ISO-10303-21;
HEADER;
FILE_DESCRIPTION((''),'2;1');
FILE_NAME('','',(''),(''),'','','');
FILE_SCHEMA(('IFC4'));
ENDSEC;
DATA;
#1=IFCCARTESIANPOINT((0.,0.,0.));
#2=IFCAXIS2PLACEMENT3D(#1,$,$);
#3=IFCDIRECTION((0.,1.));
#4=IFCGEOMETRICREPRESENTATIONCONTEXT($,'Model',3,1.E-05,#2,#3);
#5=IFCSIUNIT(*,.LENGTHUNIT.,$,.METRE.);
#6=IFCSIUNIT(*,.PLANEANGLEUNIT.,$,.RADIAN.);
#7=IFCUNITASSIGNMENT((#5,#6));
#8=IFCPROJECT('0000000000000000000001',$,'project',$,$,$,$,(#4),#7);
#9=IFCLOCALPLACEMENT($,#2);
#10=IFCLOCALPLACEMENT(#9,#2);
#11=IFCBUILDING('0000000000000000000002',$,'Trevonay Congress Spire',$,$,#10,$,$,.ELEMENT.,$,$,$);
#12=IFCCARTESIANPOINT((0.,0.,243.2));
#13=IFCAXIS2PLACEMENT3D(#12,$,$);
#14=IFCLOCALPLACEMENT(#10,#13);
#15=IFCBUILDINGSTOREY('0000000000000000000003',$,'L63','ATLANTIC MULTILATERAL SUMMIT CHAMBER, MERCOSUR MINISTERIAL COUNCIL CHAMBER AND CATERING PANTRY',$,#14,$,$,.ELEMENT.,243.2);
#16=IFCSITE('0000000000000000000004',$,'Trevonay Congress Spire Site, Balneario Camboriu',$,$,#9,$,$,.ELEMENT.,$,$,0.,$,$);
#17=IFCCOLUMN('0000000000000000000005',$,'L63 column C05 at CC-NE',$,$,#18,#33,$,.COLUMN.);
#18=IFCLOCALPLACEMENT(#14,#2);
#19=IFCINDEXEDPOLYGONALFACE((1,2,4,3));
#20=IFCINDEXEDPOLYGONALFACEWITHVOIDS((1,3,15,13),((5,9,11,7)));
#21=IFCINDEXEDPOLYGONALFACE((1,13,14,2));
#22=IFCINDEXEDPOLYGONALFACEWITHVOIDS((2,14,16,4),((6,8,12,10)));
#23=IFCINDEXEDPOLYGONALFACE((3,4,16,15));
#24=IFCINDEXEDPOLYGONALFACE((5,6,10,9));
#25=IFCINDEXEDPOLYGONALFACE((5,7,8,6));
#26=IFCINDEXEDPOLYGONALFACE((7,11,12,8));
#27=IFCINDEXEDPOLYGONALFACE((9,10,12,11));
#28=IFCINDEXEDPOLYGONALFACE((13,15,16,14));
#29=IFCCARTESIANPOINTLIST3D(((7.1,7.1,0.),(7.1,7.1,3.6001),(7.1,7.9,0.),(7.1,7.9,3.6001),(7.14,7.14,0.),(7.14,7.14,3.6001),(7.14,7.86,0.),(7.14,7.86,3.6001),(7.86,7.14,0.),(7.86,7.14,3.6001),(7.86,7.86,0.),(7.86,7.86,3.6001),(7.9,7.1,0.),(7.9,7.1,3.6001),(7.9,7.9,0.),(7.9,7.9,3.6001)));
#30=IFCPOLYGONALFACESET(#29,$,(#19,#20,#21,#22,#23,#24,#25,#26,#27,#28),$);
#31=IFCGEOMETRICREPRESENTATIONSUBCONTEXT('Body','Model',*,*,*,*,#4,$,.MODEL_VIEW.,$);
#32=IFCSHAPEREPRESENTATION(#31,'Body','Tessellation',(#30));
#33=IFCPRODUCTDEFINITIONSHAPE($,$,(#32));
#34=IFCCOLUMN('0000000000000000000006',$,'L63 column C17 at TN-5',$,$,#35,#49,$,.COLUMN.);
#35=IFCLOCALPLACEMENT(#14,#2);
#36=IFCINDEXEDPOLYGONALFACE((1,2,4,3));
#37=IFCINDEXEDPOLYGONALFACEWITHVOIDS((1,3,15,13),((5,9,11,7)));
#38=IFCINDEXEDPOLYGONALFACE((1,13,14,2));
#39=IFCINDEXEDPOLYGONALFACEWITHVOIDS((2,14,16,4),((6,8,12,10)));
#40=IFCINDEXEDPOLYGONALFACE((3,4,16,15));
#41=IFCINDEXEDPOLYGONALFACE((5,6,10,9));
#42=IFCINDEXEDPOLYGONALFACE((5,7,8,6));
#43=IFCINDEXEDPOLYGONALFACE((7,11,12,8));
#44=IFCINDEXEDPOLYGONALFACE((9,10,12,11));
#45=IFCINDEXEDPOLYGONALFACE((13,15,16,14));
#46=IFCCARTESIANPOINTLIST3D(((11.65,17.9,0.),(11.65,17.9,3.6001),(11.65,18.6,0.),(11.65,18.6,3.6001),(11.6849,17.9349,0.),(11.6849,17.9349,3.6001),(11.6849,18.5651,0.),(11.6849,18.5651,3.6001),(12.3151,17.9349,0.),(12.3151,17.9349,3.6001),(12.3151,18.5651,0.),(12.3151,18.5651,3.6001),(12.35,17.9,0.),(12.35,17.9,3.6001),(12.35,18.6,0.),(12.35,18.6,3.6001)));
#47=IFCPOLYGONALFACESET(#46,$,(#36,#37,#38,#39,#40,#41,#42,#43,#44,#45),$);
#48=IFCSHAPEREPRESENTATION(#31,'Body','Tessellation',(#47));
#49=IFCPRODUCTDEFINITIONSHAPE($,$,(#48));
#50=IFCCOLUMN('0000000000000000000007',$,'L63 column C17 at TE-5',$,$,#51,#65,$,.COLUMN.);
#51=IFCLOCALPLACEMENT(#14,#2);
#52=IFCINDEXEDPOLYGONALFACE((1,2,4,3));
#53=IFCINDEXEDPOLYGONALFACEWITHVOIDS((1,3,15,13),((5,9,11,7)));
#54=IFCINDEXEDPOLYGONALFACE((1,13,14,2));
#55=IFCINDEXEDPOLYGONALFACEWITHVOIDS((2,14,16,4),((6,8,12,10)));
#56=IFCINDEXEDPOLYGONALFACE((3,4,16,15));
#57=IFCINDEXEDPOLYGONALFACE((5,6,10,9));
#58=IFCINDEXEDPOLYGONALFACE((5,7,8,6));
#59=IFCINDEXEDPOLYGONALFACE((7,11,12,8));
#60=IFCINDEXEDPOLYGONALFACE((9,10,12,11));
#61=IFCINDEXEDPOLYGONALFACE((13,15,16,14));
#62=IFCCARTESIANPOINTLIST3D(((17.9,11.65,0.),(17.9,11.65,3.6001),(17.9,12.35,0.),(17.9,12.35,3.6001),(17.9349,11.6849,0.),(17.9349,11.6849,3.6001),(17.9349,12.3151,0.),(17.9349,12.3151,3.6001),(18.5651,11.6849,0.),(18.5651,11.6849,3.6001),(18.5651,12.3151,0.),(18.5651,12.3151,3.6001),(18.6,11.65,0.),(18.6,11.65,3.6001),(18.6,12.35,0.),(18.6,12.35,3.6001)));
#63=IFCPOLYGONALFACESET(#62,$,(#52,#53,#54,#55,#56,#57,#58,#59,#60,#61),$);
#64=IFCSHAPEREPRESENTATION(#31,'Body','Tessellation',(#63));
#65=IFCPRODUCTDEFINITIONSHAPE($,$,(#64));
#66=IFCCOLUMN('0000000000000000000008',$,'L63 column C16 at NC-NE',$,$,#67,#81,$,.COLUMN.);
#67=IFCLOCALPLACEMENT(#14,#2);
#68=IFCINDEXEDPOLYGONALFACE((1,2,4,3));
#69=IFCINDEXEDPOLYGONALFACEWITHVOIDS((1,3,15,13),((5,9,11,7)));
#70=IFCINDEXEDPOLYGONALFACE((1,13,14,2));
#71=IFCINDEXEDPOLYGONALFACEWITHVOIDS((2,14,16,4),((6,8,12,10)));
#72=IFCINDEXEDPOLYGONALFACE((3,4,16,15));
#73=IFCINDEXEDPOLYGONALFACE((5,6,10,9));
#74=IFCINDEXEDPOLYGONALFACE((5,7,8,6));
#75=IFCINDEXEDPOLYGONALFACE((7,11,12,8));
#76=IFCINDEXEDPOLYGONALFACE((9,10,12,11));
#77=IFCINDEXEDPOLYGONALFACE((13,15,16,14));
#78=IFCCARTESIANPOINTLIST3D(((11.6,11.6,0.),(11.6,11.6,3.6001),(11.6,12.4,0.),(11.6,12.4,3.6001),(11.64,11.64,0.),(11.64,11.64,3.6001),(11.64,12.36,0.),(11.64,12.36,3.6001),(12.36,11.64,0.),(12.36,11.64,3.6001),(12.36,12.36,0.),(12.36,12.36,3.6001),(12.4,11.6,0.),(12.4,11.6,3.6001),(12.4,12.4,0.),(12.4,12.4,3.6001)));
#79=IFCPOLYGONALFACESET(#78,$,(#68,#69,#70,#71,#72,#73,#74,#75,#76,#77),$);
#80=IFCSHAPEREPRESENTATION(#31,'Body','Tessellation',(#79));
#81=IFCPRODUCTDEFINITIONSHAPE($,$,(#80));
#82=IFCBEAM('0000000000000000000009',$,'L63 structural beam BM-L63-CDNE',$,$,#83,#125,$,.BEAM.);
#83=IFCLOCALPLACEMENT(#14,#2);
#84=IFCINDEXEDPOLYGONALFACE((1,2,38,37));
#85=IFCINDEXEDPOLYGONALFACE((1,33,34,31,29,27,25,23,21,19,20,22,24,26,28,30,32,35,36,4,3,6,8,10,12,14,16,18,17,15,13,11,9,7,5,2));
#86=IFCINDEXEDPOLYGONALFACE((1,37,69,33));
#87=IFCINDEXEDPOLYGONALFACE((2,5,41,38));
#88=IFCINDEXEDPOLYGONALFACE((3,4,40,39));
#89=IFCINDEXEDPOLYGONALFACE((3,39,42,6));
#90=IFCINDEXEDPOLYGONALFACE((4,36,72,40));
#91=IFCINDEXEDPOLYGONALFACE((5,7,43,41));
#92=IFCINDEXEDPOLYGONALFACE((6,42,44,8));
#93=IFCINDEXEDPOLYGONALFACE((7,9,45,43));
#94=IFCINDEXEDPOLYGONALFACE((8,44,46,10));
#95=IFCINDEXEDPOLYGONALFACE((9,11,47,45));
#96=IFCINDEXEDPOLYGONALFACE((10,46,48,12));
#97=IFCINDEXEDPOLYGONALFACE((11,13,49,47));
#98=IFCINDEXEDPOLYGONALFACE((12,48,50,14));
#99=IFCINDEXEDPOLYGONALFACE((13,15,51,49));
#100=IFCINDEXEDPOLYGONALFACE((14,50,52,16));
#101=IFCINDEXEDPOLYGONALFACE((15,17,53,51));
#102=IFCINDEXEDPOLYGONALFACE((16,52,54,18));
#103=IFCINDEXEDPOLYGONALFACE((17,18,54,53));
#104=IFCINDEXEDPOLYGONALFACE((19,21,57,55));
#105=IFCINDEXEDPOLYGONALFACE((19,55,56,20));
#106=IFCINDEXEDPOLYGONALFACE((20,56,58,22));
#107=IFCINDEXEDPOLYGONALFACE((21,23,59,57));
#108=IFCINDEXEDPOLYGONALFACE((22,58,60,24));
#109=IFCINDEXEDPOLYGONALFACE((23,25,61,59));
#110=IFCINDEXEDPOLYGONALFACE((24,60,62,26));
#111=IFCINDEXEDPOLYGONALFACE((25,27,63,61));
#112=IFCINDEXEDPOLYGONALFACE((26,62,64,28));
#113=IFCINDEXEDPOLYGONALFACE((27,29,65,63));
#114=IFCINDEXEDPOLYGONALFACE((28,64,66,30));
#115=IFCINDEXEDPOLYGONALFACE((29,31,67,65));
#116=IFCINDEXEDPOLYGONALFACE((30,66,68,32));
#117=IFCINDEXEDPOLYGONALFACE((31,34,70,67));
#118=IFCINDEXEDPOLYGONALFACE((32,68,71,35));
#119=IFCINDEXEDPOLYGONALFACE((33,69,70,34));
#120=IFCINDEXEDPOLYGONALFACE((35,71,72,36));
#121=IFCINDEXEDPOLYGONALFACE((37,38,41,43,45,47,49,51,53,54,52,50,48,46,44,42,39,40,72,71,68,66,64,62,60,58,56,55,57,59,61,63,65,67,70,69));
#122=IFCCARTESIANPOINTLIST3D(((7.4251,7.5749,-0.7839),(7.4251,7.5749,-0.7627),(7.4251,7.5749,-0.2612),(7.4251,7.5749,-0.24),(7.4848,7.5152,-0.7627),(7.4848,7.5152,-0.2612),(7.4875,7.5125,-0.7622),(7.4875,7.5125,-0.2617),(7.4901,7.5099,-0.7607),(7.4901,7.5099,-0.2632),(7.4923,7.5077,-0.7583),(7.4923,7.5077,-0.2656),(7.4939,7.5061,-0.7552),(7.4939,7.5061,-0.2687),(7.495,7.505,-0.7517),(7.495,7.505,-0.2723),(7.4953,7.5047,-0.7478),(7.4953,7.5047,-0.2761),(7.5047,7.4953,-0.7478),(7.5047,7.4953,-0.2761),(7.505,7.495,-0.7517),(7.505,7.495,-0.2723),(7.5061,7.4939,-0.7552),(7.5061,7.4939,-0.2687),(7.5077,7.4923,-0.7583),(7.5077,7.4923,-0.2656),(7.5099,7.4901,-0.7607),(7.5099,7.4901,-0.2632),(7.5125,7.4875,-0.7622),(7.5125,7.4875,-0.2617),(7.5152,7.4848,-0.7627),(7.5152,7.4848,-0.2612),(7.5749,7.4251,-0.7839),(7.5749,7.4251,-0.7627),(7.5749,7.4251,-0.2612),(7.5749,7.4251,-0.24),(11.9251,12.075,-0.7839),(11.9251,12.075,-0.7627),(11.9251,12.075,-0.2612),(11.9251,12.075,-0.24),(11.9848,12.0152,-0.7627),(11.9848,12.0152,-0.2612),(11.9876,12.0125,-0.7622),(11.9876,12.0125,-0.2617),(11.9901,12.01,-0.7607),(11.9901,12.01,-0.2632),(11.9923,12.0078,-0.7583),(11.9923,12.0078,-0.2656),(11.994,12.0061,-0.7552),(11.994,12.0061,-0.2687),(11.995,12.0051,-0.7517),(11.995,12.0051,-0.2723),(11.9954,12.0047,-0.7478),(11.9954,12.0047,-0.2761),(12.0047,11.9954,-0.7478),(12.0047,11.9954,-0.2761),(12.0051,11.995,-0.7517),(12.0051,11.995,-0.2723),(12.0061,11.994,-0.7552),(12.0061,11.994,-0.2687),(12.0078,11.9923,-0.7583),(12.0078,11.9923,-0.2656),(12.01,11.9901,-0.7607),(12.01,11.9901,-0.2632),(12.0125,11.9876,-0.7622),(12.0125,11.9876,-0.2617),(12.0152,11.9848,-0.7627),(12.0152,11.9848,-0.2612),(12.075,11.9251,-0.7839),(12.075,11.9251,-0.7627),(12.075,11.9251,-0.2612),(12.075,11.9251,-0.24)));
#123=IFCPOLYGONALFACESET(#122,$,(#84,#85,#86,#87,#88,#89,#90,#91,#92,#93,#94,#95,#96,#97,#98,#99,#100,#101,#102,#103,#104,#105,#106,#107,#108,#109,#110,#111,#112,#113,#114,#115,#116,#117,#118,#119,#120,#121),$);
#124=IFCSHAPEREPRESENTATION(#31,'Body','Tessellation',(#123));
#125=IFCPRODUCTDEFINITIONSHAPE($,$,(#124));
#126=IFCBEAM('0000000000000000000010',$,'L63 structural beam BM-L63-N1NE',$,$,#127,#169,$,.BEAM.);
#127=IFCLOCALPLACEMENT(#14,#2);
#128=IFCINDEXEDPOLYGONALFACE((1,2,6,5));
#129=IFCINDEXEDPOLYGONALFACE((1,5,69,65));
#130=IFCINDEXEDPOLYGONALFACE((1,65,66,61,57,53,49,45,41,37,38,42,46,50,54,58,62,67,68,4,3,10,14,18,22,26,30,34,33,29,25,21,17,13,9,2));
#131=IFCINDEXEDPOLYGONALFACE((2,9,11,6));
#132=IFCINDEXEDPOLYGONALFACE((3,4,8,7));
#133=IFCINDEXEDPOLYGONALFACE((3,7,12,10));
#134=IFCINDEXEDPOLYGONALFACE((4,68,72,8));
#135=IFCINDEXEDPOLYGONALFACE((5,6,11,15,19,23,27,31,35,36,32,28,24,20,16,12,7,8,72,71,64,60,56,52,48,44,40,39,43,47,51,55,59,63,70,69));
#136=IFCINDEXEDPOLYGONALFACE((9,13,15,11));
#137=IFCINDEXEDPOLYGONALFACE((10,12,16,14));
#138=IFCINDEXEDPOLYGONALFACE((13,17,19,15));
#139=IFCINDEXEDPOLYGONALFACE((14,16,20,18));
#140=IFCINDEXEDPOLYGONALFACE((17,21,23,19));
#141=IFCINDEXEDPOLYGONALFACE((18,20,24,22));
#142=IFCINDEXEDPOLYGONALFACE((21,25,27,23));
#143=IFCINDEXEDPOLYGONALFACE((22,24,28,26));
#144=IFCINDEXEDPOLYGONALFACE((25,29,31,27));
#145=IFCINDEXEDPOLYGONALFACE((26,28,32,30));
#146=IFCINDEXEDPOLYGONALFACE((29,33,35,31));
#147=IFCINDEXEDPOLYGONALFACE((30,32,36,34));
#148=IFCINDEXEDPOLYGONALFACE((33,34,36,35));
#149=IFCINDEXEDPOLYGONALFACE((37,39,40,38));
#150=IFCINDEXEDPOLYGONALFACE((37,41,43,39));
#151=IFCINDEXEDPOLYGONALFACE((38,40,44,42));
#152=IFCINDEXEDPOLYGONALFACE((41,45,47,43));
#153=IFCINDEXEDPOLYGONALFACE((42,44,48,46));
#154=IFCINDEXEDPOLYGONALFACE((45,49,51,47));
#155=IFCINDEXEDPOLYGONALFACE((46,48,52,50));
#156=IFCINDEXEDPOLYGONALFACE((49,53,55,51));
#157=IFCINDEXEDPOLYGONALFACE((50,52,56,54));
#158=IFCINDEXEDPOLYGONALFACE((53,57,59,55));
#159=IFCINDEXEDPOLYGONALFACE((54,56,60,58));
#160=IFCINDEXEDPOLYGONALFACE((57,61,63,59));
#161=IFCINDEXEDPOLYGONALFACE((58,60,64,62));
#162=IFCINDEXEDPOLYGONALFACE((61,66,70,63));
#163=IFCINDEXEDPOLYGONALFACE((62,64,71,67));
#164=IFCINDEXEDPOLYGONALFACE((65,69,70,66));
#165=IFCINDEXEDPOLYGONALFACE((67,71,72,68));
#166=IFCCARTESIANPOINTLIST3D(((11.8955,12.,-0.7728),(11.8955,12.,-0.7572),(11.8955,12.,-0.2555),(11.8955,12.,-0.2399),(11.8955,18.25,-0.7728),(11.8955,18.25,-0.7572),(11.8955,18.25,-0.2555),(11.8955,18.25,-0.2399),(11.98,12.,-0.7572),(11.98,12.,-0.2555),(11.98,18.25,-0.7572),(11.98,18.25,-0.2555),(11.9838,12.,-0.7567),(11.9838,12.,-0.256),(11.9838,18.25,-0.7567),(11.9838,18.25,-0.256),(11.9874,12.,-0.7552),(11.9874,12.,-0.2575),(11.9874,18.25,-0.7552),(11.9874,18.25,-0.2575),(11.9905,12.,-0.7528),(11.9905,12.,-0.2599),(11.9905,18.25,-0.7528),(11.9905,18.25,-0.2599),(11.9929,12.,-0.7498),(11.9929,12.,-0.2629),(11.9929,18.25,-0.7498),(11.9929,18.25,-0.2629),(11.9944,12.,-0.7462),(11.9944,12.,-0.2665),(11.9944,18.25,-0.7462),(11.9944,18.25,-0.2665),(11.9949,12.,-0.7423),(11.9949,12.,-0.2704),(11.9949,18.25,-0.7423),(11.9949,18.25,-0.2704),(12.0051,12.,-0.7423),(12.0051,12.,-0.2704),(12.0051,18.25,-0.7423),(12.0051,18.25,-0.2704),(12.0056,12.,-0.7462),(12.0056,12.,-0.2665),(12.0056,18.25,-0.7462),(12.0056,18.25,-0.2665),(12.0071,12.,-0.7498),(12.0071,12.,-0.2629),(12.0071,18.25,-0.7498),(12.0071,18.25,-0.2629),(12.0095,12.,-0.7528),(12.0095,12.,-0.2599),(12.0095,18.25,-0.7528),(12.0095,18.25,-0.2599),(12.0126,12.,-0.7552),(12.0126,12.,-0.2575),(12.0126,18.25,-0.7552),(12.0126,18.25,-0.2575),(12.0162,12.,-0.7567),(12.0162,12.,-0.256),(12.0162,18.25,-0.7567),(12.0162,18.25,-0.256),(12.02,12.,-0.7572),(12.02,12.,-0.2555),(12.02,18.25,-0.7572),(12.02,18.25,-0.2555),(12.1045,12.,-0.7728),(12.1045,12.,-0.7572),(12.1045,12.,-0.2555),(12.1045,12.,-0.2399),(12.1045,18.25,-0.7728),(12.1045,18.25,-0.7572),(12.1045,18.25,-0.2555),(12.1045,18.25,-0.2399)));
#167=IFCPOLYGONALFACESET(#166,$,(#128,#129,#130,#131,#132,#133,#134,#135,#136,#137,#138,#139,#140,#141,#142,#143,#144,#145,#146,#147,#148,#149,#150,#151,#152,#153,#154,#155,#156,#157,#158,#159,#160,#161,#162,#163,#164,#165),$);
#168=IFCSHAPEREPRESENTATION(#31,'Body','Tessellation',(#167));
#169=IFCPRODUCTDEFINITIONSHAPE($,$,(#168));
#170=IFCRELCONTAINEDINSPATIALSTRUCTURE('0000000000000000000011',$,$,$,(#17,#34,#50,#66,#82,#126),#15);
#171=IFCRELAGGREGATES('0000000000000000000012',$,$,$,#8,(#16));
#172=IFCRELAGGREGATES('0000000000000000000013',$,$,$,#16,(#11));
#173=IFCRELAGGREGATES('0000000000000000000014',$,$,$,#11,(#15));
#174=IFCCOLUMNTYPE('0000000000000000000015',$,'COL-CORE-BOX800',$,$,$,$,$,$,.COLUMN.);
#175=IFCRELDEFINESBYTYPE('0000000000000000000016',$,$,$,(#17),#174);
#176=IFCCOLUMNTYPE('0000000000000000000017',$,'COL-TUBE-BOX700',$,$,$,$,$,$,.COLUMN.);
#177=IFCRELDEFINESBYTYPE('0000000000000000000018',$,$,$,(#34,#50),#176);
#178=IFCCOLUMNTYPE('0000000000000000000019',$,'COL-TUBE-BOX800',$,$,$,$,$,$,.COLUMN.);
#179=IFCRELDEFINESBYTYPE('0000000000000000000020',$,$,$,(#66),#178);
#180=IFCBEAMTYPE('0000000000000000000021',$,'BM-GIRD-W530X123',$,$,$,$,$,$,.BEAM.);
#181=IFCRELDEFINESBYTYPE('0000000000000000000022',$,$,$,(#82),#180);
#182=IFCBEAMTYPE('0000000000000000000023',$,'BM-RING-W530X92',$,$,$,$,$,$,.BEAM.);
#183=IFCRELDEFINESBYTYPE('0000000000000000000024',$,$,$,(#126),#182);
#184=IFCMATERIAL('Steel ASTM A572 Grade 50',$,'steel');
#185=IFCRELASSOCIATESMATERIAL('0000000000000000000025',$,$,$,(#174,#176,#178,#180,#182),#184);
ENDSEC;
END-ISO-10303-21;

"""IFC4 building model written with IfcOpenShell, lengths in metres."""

from ifc_helpers import new_model, si_unit, direction, frame, origin, origin_2d, place, context, subcontext, project, spatial, hollow_rectangle, i_section, extrude, material, material_profile, profile_set, type_object, element, save


model = new_model("IFC4")

# Units and contexts
model_context = context("Model", 3, precision=1e-05, world=origin(), true_north=direction((0.0, 1.0)))
body_context = subcontext(model_context, "Body", "Model", "MODEL_VIEW")
ifc_project = project(units=[si_unit("LENGTHUNIT", "METRE"), si_unit("PLANEANGLEUNIT", "RADIAN")], contexts=[model_context])

# Site, building, storey
site_placement = place(None, origin())
site = spatial("IfcSite", under=ifc_project, at=site_placement, Name="Trevonay Congress Spire Site, Balneario Camboriu", CompositionType="ELEMENT", RefElevation=0.0)
building_placement = place(site_placement, origin())
building = spatial("IfcBuilding", under=site, at=building_placement, Name="Trevonay Congress Spire", CompositionType="ELEMENT")
storey_placement = place(building_placement, frame((0.0, 0.0, 243.2)))
storey = spatial("IfcBuildingStorey", under=building, at=storey_placement, Name="L63", Description="ATLANTIC MULTILATERAL SUMMIT CHAMBER, MERCOSUR MINISTERIAL COUNCIL CHAMBER AND CATERING PANTRY", CompositionType="ELEMENT", Elevation=243.2)

# Columns
ifc_material_1 = material(Name="Steel ASTM A572 Grade 50", Category="steel")
ifc_material_profile_1 = material_profile(ifc_material_1, hollow_rectangle(XDim=0.8, YDim=0.8, WallThickness=0.04, at=origin_2d()), Name="BOX 800x800x40")
ifc_profile_set_1 = profile_set([ifc_material_profile_1], Name="Steel ASTM A572 Grade 50")
column_type_1 = type_object("IfcColumnType", Name="COL-CORE-BOX800", PredefinedType="COLUMN", material=ifc_profile_set_1)
column_1_placement = place(storey_placement, frame((7.5, 7.5, 0.0), z_axis=(0.0, 0.0, 1.0), x_axis=(1.0, 0.0, 0.0)))
element("IfcColumn", 1, at=column_1_placement, inside=storey, type_object=column_type_1, Name="L63 column C05 at CC-NE", PredefinedType="COLUMN", context=body_context, shape_type="SweptSolid", body=[
    extrude(hollow_rectangle(XDim=0.8, YDim=0.8, WallThickness=0.04, at=origin_2d()), origin(), (0.0, 0.0, 1.0), 3.6001),
])
ifc_material_profile_2 = material_profile(ifc_material_1, hollow_rectangle(XDim=0.7, YDim=0.7, WallThickness=0.0349, at=origin_2d()), Name="BOX 700x700x35")
ifc_profile_set_2 = profile_set([ifc_material_profile_2], Name="Steel ASTM A572 Grade 50")
column_type_2 = type_object("IfcColumnType", Name="COL-TUBE-BOX700", PredefinedType="COLUMN", material=ifc_profile_set_2)
for number, where, z_axis, x_axis, name in (
    (2, (12.0, 18.25, 0.0), (0.0, 0.0, 1.0), (1.0, 0.0, 0.0), "L63 column C17 at TN-5"),
    (3, (18.25, 12.0, 0.0), (0.0, 0.0, 1.0), (1.0, 0.0, 0.0), "L63 column C17 at TE-5"),
):
    element("IfcColumn", number, at=place(storey_placement, frame(where, z_axis=z_axis, x_axis=x_axis)), inside=storey, type_object=column_type_2, Name=name, PredefinedType="COLUMN", context=body_context, shape_type="SweptSolid", body=[
        extrude(hollow_rectangle(XDim=0.7, YDim=0.7, WallThickness=0.0349, at=origin_2d()), origin(), (0.0, 0.0, 1.0), 3.6001),
    ])
ifc_material_profile_3 = material_profile(ifc_material_1, hollow_rectangle(XDim=0.8, YDim=0.8, WallThickness=0.04, at=origin_2d()), Name="BOX 800x800x40")
ifc_profile_set_3 = profile_set([ifc_material_profile_3], Name="Steel ASTM A572 Grade 50")
column_type_3 = type_object("IfcColumnType", Name="COL-TUBE-BOX800", PredefinedType="COLUMN", material=ifc_profile_set_3)
column_2_placement = place(storey_placement, frame((12.0, 12.0, 0.0), z_axis=(0.0, 0.0, 1.0), x_axis=(1.0, 0.0, 0.0)))
element("IfcColumn", 4, at=column_2_placement, inside=storey, type_object=column_type_3, Name="L63 column C16 at NC-NE", PredefinedType="COLUMN", context=body_context, shape_type="SweptSolid", body=[
    extrude(hollow_rectangle(XDim=0.8, YDim=0.8, WallThickness=0.04, at=origin_2d()), origin(), (0.0, 0.0, 1.0), 3.6001),
])

# Beams
ifc_material_profile_4 = material_profile(ifc_material_1, i_section(OverallWidth=0.2119, OverallDepth=0.5439, WebThickness=0.0132, FlangeThickness=0.0212, FilletRadius=0.0149, at=origin_2d()), Name="W530x123")
ifc_profile_set_4 = profile_set([ifc_material_profile_4], Name="Steel ASTM A572 Grade 50")
beam_type_1 = type_object("IfcBeamType", Name="BM-GIRD-W530X123", PredefinedType="BEAM", material=ifc_profile_set_4)
beam_placement = place(storey_placement, frame((7.5, 7.5, -0.512), z_axis=(0.707107, 0.707107, 0.0), x_axis=(-0.707107, 0.707107, 0.0)))
element("IfcBeam", 5, at=beam_placement, inside=storey, type_object=beam_type_1, Name="L63 structural beam BM-L63-CDNE", PredefinedType="BEAM", context=body_context, shape_type="SweptSolid", body=[
    extrude(i_section(OverallWidth=0.2119, OverallDepth=0.5439, WebThickness=0.0132, FlangeThickness=0.0212, FilletRadius=0.0149, at=origin_2d()), origin(), (0.0, 0.0, 1.0), 6.364),
])
ifc_material_profile_5 = material_profile(ifc_material_1, i_section(OverallWidth=0.209, OverallDepth=0.533, WebThickness=0.0103, FlangeThickness=0.0156, FilletRadius=0.0149, at=origin_2d()), Name="W530x92")
ifc_profile_set_5 = profile_set([ifc_material_profile_5], Name="Steel ASTM A572 Grade 50")
beam_type_2 = type_object("IfcBeamType", Name="BM-RING-W530X92", PredefinedType="BEAM", material=ifc_profile_set_5)
for number, where, z_axis, x_axis, name in (
    (6, (12.0, 18.25, -0.5063), (0.0, -1.0, 0.0), (1.0, 0.0, 0.0), "L63 structural beam BM-L63-N1NE"),
):
    element("IfcBeam", number, at=place(storey_placement, frame(where, z_axis=z_axis, x_axis=x_axis)), inside=storey, type_object=beam_type_2, Name=name, PredefinedType="BEAM", context=body_context, shape_type="SweptSolid", body=[
        extrude(i_section(OverallWidth=0.209, OverallDepth=0.533, WebThickness=0.0103, FlangeThickness=0.0156, FilletRadius=0.0149, at=origin_2d()), origin(), (0.0, 0.0, 1.0), 6.25),
    ])

save(model, "model.ifc")
